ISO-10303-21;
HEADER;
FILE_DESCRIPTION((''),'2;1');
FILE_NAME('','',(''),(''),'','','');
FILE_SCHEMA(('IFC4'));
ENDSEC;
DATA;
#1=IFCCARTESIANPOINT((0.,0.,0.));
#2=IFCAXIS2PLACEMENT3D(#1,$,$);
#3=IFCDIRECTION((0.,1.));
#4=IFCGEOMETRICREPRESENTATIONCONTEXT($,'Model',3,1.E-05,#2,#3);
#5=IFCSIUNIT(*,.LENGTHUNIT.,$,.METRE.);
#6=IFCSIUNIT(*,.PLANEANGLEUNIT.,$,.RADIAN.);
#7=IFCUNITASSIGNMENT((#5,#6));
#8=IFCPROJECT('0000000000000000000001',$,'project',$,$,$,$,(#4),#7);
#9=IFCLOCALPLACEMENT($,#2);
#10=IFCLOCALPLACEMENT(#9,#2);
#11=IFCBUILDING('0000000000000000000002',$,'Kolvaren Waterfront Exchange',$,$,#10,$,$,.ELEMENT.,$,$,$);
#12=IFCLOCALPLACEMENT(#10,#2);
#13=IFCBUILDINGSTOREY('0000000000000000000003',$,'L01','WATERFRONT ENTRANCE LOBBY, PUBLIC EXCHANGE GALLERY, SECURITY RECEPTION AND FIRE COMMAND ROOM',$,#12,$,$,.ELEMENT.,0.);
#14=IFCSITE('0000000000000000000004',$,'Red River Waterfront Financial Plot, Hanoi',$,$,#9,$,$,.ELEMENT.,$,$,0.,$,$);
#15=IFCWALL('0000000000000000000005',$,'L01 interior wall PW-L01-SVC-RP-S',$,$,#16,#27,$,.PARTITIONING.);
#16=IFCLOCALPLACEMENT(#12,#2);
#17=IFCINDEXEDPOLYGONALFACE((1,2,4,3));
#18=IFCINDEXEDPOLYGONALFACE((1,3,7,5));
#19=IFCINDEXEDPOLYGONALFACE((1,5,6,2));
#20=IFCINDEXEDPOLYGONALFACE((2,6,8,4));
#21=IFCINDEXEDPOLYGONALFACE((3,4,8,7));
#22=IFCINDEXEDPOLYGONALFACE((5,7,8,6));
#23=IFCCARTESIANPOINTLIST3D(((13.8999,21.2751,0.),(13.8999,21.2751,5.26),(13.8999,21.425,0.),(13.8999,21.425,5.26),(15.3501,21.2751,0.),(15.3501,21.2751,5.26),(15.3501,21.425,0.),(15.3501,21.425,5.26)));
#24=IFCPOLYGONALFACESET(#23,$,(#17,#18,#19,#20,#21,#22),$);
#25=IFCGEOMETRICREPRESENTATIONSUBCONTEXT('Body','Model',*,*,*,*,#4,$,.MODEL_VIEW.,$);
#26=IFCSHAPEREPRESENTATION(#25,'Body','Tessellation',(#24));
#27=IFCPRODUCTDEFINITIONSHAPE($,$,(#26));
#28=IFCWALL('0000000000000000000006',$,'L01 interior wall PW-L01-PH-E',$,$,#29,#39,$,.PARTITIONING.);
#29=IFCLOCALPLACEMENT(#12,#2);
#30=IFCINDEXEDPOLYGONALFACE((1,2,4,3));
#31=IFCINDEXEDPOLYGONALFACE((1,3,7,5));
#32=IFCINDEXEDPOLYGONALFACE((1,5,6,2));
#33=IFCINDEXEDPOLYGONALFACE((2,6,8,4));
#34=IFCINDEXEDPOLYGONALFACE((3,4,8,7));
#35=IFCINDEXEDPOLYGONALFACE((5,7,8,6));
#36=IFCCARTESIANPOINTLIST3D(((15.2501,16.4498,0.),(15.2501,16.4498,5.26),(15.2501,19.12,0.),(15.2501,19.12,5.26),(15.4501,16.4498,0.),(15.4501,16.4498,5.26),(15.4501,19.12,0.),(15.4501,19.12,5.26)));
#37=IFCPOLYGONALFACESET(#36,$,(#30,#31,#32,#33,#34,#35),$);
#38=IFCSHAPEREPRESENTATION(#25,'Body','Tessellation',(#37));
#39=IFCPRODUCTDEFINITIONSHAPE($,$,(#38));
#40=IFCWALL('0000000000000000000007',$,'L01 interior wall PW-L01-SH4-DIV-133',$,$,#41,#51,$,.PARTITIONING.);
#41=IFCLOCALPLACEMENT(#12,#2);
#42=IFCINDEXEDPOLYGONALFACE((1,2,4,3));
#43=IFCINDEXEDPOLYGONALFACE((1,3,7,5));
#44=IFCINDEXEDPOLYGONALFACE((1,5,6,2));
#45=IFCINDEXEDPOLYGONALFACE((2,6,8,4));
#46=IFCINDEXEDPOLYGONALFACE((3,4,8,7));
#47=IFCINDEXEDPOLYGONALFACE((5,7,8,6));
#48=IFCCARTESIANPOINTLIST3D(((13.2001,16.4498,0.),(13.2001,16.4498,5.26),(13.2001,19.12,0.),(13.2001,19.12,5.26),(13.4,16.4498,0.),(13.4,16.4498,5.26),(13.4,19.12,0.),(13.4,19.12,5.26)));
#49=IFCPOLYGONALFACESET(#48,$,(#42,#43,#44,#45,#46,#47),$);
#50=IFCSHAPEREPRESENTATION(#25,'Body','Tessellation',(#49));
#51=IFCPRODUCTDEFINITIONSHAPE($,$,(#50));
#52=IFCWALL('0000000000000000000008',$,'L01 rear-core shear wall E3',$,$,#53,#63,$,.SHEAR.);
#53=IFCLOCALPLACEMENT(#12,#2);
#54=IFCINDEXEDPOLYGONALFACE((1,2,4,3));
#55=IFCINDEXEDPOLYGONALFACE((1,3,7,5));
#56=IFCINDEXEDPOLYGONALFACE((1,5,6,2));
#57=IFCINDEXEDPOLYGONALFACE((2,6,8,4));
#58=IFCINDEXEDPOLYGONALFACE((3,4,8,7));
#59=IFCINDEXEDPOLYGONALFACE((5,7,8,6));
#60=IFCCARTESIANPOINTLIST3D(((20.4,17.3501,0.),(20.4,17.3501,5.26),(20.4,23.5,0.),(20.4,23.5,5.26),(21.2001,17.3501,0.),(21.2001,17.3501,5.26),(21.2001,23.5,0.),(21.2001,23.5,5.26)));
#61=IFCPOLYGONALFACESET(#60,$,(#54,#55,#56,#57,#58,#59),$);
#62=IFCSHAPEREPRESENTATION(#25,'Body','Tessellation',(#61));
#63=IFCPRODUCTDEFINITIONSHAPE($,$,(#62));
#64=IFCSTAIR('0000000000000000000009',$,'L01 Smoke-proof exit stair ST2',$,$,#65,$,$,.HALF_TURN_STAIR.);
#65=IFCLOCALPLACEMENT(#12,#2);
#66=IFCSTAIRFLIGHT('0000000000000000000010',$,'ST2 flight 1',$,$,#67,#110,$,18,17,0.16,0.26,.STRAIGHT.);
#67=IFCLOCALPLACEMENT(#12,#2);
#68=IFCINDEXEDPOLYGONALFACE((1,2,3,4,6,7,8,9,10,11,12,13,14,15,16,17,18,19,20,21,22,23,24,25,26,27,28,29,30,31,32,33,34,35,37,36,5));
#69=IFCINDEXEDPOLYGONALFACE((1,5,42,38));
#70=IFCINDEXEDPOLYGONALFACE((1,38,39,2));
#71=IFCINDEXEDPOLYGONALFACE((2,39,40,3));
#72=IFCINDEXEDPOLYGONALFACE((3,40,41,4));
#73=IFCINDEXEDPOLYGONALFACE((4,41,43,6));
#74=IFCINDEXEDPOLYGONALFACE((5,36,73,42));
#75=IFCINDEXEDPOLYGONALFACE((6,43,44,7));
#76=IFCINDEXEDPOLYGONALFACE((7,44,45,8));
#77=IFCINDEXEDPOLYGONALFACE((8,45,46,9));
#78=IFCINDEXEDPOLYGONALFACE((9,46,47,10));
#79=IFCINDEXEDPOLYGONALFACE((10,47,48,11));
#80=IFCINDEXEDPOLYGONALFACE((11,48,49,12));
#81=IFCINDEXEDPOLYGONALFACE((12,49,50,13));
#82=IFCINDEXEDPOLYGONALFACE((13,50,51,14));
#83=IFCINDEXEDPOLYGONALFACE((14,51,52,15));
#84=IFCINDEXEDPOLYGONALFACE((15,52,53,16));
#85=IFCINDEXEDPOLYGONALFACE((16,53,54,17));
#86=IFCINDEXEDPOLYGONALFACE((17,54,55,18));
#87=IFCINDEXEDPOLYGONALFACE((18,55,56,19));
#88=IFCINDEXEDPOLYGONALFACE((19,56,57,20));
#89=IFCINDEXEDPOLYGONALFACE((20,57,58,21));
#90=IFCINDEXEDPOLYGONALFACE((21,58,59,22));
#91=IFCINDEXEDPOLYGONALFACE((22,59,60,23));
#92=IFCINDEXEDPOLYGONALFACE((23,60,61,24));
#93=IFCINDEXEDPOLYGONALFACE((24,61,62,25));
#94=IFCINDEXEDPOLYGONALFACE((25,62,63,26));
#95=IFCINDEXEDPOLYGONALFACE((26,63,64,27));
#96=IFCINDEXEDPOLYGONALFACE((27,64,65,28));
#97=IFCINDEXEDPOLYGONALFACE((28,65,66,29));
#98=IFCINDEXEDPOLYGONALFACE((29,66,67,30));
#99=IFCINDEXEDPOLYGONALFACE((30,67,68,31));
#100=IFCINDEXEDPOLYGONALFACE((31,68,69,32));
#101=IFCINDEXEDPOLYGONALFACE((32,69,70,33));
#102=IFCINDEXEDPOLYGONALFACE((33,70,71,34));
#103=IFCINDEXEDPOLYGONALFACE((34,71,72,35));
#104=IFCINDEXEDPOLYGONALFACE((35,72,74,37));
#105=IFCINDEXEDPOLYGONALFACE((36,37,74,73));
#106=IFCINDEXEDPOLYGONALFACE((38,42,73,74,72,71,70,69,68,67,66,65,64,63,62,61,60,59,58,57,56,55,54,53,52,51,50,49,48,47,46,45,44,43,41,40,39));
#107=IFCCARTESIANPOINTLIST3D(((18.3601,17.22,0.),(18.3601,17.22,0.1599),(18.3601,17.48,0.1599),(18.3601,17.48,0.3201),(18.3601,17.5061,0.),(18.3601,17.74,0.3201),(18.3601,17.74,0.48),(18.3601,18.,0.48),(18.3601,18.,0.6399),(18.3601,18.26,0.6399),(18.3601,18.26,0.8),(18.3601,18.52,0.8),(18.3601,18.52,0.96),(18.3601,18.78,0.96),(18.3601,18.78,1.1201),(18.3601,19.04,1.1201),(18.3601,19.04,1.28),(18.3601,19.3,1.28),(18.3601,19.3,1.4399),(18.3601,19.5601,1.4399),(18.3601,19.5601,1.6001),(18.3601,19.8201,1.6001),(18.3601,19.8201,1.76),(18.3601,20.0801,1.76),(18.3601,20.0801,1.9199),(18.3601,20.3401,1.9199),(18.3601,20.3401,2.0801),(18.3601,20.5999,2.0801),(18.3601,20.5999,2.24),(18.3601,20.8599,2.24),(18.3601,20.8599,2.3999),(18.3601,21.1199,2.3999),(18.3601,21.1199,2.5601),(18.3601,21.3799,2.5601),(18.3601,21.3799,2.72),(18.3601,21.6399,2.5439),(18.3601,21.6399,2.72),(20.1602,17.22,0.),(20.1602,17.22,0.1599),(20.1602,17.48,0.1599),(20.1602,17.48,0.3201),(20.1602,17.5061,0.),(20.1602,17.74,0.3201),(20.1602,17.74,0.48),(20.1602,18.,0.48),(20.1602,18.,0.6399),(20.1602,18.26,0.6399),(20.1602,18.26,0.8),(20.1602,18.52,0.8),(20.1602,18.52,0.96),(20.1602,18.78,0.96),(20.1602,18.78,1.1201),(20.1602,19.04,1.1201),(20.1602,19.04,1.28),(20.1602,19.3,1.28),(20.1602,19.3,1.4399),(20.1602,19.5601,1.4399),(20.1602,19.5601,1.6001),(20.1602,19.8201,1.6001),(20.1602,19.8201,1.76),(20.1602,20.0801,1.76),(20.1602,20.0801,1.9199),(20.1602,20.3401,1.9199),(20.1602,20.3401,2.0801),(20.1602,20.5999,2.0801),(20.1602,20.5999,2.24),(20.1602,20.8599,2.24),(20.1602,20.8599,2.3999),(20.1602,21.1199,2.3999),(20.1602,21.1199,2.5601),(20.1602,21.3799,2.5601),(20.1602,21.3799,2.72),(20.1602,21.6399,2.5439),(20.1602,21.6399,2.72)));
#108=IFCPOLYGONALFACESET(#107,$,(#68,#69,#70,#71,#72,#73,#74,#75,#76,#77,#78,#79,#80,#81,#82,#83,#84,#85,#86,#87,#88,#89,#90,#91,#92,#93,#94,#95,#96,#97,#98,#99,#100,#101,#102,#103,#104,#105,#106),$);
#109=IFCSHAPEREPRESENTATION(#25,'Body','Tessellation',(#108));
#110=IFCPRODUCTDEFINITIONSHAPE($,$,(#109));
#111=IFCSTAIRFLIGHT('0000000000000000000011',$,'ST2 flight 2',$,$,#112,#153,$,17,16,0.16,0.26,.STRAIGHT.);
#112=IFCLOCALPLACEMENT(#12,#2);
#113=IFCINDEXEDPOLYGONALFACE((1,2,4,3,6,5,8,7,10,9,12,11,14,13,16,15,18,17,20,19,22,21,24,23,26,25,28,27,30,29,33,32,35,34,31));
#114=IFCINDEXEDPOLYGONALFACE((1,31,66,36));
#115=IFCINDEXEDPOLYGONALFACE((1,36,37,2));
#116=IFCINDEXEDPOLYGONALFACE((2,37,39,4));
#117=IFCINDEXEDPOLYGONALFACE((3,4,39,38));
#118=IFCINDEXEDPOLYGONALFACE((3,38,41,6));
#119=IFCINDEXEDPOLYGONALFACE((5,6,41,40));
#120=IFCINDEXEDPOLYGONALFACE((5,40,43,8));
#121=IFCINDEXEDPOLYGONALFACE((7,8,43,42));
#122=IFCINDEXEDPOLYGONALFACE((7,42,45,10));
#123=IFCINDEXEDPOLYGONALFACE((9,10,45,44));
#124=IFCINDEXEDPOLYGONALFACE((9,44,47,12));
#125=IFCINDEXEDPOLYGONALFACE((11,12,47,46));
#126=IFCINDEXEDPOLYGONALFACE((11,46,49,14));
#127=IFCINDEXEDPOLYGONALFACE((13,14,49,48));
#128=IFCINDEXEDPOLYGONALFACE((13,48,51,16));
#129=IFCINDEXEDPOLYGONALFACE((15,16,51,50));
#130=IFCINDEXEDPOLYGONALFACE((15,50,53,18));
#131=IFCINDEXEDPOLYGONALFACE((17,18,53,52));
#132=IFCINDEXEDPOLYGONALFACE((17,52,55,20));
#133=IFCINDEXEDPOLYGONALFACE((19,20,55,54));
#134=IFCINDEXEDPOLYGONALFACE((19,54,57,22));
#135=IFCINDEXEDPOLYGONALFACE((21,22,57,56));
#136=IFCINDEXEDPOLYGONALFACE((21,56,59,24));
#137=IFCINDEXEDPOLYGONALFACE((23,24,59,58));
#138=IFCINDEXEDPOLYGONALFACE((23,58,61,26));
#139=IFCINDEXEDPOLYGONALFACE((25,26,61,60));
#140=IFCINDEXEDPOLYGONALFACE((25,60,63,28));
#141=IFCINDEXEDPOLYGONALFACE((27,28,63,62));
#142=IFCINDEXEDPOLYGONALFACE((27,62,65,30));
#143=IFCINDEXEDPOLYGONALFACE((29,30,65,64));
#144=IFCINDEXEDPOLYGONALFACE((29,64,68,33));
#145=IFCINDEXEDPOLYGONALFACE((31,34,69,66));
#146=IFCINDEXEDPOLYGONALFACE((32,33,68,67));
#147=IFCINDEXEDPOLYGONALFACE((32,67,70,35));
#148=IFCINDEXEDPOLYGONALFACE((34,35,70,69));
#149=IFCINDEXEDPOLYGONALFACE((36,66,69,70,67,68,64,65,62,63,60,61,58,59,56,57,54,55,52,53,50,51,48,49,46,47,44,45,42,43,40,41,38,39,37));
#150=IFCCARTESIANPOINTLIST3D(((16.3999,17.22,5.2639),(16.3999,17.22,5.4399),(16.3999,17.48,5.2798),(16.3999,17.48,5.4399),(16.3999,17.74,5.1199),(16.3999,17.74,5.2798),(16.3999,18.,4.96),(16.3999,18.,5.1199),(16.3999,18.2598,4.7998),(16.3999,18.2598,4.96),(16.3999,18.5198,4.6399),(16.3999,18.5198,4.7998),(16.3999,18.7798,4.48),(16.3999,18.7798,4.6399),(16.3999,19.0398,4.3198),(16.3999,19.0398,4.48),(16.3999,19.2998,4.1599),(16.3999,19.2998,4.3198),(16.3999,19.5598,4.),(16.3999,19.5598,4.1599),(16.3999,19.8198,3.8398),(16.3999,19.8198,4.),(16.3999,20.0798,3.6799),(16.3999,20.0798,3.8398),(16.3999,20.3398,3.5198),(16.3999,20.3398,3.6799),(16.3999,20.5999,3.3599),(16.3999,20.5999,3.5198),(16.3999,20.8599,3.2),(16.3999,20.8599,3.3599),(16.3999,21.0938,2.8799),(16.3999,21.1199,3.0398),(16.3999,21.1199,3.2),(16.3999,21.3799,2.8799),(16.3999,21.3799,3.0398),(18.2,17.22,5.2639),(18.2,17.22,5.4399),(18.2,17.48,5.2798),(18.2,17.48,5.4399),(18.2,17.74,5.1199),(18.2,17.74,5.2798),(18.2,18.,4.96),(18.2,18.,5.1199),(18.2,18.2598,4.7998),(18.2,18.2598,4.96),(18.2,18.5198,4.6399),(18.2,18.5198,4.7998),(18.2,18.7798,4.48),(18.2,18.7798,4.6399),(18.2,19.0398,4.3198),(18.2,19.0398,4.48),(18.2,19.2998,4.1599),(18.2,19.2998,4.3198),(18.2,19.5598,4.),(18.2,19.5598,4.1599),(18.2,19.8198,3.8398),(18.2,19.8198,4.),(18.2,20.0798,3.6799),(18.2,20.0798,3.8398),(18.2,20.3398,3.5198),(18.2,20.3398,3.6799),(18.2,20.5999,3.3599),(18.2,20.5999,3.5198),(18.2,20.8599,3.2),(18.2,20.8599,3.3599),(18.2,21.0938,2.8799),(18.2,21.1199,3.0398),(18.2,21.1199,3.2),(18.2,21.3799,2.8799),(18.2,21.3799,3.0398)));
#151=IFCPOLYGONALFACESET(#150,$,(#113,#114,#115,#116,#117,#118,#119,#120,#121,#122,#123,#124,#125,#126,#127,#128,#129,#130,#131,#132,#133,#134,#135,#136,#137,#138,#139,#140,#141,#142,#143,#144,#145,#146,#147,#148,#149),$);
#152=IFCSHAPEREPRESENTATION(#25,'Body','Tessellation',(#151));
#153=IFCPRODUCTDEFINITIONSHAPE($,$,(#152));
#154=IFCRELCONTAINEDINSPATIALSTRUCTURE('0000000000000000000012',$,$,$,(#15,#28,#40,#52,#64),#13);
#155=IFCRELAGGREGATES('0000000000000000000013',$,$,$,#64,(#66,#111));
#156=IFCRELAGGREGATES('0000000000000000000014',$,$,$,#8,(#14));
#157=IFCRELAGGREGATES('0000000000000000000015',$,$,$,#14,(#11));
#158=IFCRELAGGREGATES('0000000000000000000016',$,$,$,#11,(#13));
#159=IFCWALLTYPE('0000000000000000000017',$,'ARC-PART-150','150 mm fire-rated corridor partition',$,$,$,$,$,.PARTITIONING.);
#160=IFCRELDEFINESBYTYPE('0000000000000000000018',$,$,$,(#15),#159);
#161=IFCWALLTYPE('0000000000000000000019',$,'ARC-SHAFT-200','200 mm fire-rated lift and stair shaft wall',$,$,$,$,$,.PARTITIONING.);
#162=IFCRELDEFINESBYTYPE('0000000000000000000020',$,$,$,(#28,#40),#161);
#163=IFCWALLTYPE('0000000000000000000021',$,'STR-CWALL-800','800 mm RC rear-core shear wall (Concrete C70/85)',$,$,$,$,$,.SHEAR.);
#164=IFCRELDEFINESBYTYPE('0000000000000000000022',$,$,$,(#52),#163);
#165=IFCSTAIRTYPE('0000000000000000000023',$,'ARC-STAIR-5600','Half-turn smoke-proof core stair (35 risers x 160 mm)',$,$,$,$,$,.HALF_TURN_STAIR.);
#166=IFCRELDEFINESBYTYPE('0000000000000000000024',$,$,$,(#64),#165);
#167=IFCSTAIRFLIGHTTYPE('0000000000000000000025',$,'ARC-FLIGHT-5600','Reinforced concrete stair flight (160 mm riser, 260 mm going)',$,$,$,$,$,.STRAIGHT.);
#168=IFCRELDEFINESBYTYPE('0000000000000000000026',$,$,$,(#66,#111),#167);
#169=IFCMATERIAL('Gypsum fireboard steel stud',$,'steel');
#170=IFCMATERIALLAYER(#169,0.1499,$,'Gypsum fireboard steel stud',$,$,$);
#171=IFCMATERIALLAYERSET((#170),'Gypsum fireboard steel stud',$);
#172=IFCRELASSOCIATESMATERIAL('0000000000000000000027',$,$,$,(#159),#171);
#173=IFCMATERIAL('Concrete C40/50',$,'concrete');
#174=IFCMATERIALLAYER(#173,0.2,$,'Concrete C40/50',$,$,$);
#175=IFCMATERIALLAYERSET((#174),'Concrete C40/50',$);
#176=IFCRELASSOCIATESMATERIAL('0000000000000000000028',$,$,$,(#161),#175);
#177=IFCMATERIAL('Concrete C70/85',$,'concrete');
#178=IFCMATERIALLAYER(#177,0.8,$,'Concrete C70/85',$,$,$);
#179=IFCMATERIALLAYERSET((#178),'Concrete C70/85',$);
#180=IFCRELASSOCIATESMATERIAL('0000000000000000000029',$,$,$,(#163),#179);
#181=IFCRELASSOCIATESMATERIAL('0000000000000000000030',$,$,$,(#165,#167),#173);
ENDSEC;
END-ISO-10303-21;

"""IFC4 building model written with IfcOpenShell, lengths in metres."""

from ifc_helpers import new_model, si_unit, direction, frame, frame_2d, origin, place, context, subcontext, project, spatial, polyline, rectangle, outline, extrude, material, layer, layer_set, type_object, element, aggregate, save


model = new_model("IFC4")

# Units and contexts
model_context = context("Model", 3, precision=1e-05, world=origin(), true_north=direction((0.0, 1.0)))
body_context = subcontext(model_context, "Body", "Model", "MODEL_VIEW")
ifc_project = project(units=[si_unit("LENGTHUNIT", "METRE"), si_unit("PLANEANGLEUNIT", "RADIAN")], contexts=[model_context])

# Site, building, storey
site_placement = place(None, origin())
site = spatial("IfcSite", under=ifc_project, at=site_placement, Name="Red River Waterfront Financial Plot, Hanoi", CompositionType="ELEMENT", RefElevation=0.0)
building_placement = place(site_placement, origin())
building = spatial("IfcBuilding", under=site, at=building_placement, Name="Kolvaren Waterfront Exchange", CompositionType="ELEMENT")
storey_placement = place(building_placement, origin())
storey = spatial("IfcBuildingStorey", under=building, at=storey_placement, Name="L01", Description="WATERFRONT ENTRANCE LOBBY, PUBLIC EXCHANGE GALLERY, SECURITY RECEPTION AND FIRE COMMAND ROOM", CompositionType="ELEMENT", Elevation=0.0)

# Shared definitions
ifc_material_1 = material(Name="Concrete C70/85", Category="concrete")

# Walls
ifc_material_2 = material(Name="Gypsum fireboard steel stud", Category="steel")
ifc_layer_1 = layer(ifc_material_2, 0.1499, Name="Gypsum fireboard steel stud")
ifc_layer_set_1 = layer_set([ifc_layer_1], Name="Gypsum fireboard steel stud")
wall_type_1 = type_object("IfcWallType", Name="ARC-PART-150", Description="150 mm fire-rated corridor partition", PredefinedType="PARTITIONING", material=ifc_layer_set_1)
wall_1_placement = place(storey_placement, frame((13.8999, 21.3501, 0.0), z_axis=(0.0, 0.0, 1.0), x_axis=(1.0, 0.0, 0.0)))
element("IfcWall", 1, at=wall_1_placement, inside=storey, type_object=wall_type_1, Name="L01 interior wall PW-L01-SVC-RP-S", PredefinedType="PARTITIONING", context=body_context, shape_type="SweptSolid", body=[
    extrude(rectangle(XDim=1.4502, YDim=0.1499, at=frame_2d((0.7251, 0.0))), origin(), (0.0, 0.0, 1.0), 5.26),
])
ifc_material_3 = material(Name="Concrete C40/50", Category="concrete")
ifc_layer_2 = layer(ifc_material_3, 0.2, Name="Concrete C40/50")
ifc_layer_set_2 = layer_set([ifc_layer_2], Name="Concrete C40/50")
wall_type_2 = type_object("IfcWallType", Name="ARC-SHAFT-200", Description="200 mm fire-rated lift and stair shaft wall", PredefinedType="PARTITIONING", material=ifc_layer_set_2)
for number, where, z_axis, x_axis, name in (
    (2, (15.3501, 16.45, 0.0), (0.0, 0.0, 1.0), (0.0, 1.0, 0.0), "L01 interior wall PW-L01-PH-E"),
    (3, (13.3, 16.45, 0.0), (0.0, 0.0, 1.0), (0.0, 1.0, 0.0), "L01 interior wall PW-L01-SH4-DIV-133"),
):
    element("IfcWall", number, at=place(storey_placement, frame(where, z_axis=z_axis, x_axis=x_axis)), inside=storey, type_object=wall_type_2, Name=name, PredefinedType="PARTITIONING", context=body_context, shape_type="SweptSolid", body=[
        extrude(rectangle(XDim=2.6702, YDim=0.2, at=frame_2d((1.335, 0.0))), origin(), (0.0, 0.0, 1.0), 5.26),
    ])
ifc_layer_3 = layer(ifc_material_1, 0.8, Name="Concrete C70/85")
ifc_layer_set_3 = layer_set([ifc_layer_3], Name="Concrete C70/85")
wall_type_3 = type_object("IfcWallType", Name="STR-CWALL-800", Description="800 mm RC rear-core shear wall (Concrete C70/85)", PredefinedType="SHEAR", material=ifc_layer_set_3)
wall_2_placement = place(storey_placement, frame((20.8, 17.3501, 0.0), z_axis=(0.0, 0.0, 1.0), x_axis=(0.0, 1.0, 0.0)))
element("IfcWall", 4, at=wall_2_placement, inside=storey, type_object=wall_type_3, Name="L01 rear-core shear wall E3", PredefinedType="SHEAR", context=body_context, shape_type="SweptSolid", body=[
    extrude(rectangle(XDim=6.1499, YDim=0.8, at=frame_2d((3.075, 0.0))), origin(), (0.0, 0.0, 1.0), 5.26),
])

# Stair, stair flights
stair_type = type_object("IfcStairType", Name="ARC-STAIR-5600", Description="Half-turn smoke-proof core stair (35 risers x 160 mm)", PredefinedType="HALF_TURN_STAIR", material=ifc_material_3)
stair_placement = place(storey_placement, origin())
stair = element("IfcStair", 5, at=stair_placement, inside=storey, type_object=stair_type, Name="L01 Smoke-proof exit stair ST2", PredefinedType="HALF_TURN_STAIR")
stair_flight_type = type_object("IfcStairFlightType", Name="ARC-FLIGHT-5600", Description="Reinforced concrete stair flight (160 mm riser, 260 mm going)", PredefinedType="STRAIGHT", material=ifc_material_3)
stair_flight_1_placement = place(storey_placement, frame((19.26, 17.22, 0.0), z_axis=(0.0, 0.0, 1.0), x_axis=(0.0, 1.0, 0.0)))
stair_flight_1 = element("IfcStairFlight", 6, at=stair_flight_1_placement, type_object=stair_flight_type, Name="ST2 flight 1", NumberOfRisers=18, NumberOfTreads=17, PredefinedType="STRAIGHT", RiserHeight=0.16, TreadLength=0.26, context=body_context, shape_type="SweptSolid", body=[
    extrude(outline(polyline([(0.0, 0.0), (0.0, 0.1599), (0.26, 0.1599), (0.26, 0.3201), (0.52, 0.3201), (0.52, 0.48), (0.78, 0.48), (0.78, 0.6399), (1.04, 0.6399), (1.04, 0.8), (1.3, 0.8), (1.3, 0.96), (1.5601, 0.96), (1.5601, 1.1201), (1.8201, 1.1201), (1.8201, 1.28), (2.0801, 1.28), (2.0801, 1.4399), (2.3401, 1.4399), (2.3401, 1.6001), (2.6001, 1.6001), (2.6001, 1.76), (2.8601, 1.76), (2.8601, 1.9199), (3.1201, 1.9199), (3.1201, 2.0801), (3.3799, 2.0801), (3.3799, 2.24), (3.6399, 2.24), (3.6399, 2.3999), (3.8999, 2.3999), (3.8999, 2.5601), (4.1599, 2.5601), (4.1599, 2.72), (4.4199, 2.72), (4.4199, 2.8799), (4.4199, 2.5439), (0.2861, 0.0), (0.0, 0.0)])), frame((0.0, 0.8999, 0.0), z_axis=(0.0, -1.0, 0.0), x_axis=(1.0, 0.0, 0.0)), (0.0, 0.0, 1.0), 1.8),
])
stair_flight_2_placement = place(storey_placement, frame((17.3, 21.3799, 2.8799), z_axis=(0.0, 0.0, 1.0), x_axis=(0.0, -1.0, 0.0)))
stair_flight_2 = element("IfcStairFlight", 7, at=stair_flight_2_placement, type_object=stair_flight_type, Name="ST2 flight 2", NumberOfRisers=17, NumberOfTreads=16, PredefinedType="STRAIGHT", RiserHeight=0.16, TreadLength=0.26, context=body_context, shape_type="SweptSolid", body=[
    extrude(outline(polyline([(0.0, 0.0), (0.0, 0.1599), (0.26, 0.1599), (0.26, 0.3201), (0.52, 0.3201), (0.52, 0.48), (0.78, 0.48), (0.78, 0.6399), (1.04, 0.6399), (1.04, 0.8), (1.3, 0.8), (1.3, 0.96), (1.5601, 0.96), (1.5601, 1.1201), (1.8201, 1.1201), (1.8201, 1.28), (2.0801, 1.28), (2.0801, 1.4399), (2.3401, 1.4399), (2.3401, 1.6001), (2.6001, 1.6001), (2.6001, 1.76), (2.8601, 1.76), (2.8601, 1.9199), (3.1201, 1.9199), (3.1201, 2.0801), (3.3799, 2.0801), (3.3799, 2.24), (3.6399, 2.24), (3.6399, 2.3999), (3.8999, 2.3999), (3.8999, 2.5601), (4.1599, 2.5601), (4.1599, 2.72), (4.1599, 2.384), (0.2861, 0.0), (0.0, 0.0)])), frame((0.0, 0.8999, 0.0), z_axis=(0.0, -1.0, 0.0), x_axis=(1.0, 0.0, 0.0)), (0.0, 0.0, 1.0), 1.8),
])
aggregate(stair, [stair_flight_1, stair_flight_2])

save(model, "model.ifc")
